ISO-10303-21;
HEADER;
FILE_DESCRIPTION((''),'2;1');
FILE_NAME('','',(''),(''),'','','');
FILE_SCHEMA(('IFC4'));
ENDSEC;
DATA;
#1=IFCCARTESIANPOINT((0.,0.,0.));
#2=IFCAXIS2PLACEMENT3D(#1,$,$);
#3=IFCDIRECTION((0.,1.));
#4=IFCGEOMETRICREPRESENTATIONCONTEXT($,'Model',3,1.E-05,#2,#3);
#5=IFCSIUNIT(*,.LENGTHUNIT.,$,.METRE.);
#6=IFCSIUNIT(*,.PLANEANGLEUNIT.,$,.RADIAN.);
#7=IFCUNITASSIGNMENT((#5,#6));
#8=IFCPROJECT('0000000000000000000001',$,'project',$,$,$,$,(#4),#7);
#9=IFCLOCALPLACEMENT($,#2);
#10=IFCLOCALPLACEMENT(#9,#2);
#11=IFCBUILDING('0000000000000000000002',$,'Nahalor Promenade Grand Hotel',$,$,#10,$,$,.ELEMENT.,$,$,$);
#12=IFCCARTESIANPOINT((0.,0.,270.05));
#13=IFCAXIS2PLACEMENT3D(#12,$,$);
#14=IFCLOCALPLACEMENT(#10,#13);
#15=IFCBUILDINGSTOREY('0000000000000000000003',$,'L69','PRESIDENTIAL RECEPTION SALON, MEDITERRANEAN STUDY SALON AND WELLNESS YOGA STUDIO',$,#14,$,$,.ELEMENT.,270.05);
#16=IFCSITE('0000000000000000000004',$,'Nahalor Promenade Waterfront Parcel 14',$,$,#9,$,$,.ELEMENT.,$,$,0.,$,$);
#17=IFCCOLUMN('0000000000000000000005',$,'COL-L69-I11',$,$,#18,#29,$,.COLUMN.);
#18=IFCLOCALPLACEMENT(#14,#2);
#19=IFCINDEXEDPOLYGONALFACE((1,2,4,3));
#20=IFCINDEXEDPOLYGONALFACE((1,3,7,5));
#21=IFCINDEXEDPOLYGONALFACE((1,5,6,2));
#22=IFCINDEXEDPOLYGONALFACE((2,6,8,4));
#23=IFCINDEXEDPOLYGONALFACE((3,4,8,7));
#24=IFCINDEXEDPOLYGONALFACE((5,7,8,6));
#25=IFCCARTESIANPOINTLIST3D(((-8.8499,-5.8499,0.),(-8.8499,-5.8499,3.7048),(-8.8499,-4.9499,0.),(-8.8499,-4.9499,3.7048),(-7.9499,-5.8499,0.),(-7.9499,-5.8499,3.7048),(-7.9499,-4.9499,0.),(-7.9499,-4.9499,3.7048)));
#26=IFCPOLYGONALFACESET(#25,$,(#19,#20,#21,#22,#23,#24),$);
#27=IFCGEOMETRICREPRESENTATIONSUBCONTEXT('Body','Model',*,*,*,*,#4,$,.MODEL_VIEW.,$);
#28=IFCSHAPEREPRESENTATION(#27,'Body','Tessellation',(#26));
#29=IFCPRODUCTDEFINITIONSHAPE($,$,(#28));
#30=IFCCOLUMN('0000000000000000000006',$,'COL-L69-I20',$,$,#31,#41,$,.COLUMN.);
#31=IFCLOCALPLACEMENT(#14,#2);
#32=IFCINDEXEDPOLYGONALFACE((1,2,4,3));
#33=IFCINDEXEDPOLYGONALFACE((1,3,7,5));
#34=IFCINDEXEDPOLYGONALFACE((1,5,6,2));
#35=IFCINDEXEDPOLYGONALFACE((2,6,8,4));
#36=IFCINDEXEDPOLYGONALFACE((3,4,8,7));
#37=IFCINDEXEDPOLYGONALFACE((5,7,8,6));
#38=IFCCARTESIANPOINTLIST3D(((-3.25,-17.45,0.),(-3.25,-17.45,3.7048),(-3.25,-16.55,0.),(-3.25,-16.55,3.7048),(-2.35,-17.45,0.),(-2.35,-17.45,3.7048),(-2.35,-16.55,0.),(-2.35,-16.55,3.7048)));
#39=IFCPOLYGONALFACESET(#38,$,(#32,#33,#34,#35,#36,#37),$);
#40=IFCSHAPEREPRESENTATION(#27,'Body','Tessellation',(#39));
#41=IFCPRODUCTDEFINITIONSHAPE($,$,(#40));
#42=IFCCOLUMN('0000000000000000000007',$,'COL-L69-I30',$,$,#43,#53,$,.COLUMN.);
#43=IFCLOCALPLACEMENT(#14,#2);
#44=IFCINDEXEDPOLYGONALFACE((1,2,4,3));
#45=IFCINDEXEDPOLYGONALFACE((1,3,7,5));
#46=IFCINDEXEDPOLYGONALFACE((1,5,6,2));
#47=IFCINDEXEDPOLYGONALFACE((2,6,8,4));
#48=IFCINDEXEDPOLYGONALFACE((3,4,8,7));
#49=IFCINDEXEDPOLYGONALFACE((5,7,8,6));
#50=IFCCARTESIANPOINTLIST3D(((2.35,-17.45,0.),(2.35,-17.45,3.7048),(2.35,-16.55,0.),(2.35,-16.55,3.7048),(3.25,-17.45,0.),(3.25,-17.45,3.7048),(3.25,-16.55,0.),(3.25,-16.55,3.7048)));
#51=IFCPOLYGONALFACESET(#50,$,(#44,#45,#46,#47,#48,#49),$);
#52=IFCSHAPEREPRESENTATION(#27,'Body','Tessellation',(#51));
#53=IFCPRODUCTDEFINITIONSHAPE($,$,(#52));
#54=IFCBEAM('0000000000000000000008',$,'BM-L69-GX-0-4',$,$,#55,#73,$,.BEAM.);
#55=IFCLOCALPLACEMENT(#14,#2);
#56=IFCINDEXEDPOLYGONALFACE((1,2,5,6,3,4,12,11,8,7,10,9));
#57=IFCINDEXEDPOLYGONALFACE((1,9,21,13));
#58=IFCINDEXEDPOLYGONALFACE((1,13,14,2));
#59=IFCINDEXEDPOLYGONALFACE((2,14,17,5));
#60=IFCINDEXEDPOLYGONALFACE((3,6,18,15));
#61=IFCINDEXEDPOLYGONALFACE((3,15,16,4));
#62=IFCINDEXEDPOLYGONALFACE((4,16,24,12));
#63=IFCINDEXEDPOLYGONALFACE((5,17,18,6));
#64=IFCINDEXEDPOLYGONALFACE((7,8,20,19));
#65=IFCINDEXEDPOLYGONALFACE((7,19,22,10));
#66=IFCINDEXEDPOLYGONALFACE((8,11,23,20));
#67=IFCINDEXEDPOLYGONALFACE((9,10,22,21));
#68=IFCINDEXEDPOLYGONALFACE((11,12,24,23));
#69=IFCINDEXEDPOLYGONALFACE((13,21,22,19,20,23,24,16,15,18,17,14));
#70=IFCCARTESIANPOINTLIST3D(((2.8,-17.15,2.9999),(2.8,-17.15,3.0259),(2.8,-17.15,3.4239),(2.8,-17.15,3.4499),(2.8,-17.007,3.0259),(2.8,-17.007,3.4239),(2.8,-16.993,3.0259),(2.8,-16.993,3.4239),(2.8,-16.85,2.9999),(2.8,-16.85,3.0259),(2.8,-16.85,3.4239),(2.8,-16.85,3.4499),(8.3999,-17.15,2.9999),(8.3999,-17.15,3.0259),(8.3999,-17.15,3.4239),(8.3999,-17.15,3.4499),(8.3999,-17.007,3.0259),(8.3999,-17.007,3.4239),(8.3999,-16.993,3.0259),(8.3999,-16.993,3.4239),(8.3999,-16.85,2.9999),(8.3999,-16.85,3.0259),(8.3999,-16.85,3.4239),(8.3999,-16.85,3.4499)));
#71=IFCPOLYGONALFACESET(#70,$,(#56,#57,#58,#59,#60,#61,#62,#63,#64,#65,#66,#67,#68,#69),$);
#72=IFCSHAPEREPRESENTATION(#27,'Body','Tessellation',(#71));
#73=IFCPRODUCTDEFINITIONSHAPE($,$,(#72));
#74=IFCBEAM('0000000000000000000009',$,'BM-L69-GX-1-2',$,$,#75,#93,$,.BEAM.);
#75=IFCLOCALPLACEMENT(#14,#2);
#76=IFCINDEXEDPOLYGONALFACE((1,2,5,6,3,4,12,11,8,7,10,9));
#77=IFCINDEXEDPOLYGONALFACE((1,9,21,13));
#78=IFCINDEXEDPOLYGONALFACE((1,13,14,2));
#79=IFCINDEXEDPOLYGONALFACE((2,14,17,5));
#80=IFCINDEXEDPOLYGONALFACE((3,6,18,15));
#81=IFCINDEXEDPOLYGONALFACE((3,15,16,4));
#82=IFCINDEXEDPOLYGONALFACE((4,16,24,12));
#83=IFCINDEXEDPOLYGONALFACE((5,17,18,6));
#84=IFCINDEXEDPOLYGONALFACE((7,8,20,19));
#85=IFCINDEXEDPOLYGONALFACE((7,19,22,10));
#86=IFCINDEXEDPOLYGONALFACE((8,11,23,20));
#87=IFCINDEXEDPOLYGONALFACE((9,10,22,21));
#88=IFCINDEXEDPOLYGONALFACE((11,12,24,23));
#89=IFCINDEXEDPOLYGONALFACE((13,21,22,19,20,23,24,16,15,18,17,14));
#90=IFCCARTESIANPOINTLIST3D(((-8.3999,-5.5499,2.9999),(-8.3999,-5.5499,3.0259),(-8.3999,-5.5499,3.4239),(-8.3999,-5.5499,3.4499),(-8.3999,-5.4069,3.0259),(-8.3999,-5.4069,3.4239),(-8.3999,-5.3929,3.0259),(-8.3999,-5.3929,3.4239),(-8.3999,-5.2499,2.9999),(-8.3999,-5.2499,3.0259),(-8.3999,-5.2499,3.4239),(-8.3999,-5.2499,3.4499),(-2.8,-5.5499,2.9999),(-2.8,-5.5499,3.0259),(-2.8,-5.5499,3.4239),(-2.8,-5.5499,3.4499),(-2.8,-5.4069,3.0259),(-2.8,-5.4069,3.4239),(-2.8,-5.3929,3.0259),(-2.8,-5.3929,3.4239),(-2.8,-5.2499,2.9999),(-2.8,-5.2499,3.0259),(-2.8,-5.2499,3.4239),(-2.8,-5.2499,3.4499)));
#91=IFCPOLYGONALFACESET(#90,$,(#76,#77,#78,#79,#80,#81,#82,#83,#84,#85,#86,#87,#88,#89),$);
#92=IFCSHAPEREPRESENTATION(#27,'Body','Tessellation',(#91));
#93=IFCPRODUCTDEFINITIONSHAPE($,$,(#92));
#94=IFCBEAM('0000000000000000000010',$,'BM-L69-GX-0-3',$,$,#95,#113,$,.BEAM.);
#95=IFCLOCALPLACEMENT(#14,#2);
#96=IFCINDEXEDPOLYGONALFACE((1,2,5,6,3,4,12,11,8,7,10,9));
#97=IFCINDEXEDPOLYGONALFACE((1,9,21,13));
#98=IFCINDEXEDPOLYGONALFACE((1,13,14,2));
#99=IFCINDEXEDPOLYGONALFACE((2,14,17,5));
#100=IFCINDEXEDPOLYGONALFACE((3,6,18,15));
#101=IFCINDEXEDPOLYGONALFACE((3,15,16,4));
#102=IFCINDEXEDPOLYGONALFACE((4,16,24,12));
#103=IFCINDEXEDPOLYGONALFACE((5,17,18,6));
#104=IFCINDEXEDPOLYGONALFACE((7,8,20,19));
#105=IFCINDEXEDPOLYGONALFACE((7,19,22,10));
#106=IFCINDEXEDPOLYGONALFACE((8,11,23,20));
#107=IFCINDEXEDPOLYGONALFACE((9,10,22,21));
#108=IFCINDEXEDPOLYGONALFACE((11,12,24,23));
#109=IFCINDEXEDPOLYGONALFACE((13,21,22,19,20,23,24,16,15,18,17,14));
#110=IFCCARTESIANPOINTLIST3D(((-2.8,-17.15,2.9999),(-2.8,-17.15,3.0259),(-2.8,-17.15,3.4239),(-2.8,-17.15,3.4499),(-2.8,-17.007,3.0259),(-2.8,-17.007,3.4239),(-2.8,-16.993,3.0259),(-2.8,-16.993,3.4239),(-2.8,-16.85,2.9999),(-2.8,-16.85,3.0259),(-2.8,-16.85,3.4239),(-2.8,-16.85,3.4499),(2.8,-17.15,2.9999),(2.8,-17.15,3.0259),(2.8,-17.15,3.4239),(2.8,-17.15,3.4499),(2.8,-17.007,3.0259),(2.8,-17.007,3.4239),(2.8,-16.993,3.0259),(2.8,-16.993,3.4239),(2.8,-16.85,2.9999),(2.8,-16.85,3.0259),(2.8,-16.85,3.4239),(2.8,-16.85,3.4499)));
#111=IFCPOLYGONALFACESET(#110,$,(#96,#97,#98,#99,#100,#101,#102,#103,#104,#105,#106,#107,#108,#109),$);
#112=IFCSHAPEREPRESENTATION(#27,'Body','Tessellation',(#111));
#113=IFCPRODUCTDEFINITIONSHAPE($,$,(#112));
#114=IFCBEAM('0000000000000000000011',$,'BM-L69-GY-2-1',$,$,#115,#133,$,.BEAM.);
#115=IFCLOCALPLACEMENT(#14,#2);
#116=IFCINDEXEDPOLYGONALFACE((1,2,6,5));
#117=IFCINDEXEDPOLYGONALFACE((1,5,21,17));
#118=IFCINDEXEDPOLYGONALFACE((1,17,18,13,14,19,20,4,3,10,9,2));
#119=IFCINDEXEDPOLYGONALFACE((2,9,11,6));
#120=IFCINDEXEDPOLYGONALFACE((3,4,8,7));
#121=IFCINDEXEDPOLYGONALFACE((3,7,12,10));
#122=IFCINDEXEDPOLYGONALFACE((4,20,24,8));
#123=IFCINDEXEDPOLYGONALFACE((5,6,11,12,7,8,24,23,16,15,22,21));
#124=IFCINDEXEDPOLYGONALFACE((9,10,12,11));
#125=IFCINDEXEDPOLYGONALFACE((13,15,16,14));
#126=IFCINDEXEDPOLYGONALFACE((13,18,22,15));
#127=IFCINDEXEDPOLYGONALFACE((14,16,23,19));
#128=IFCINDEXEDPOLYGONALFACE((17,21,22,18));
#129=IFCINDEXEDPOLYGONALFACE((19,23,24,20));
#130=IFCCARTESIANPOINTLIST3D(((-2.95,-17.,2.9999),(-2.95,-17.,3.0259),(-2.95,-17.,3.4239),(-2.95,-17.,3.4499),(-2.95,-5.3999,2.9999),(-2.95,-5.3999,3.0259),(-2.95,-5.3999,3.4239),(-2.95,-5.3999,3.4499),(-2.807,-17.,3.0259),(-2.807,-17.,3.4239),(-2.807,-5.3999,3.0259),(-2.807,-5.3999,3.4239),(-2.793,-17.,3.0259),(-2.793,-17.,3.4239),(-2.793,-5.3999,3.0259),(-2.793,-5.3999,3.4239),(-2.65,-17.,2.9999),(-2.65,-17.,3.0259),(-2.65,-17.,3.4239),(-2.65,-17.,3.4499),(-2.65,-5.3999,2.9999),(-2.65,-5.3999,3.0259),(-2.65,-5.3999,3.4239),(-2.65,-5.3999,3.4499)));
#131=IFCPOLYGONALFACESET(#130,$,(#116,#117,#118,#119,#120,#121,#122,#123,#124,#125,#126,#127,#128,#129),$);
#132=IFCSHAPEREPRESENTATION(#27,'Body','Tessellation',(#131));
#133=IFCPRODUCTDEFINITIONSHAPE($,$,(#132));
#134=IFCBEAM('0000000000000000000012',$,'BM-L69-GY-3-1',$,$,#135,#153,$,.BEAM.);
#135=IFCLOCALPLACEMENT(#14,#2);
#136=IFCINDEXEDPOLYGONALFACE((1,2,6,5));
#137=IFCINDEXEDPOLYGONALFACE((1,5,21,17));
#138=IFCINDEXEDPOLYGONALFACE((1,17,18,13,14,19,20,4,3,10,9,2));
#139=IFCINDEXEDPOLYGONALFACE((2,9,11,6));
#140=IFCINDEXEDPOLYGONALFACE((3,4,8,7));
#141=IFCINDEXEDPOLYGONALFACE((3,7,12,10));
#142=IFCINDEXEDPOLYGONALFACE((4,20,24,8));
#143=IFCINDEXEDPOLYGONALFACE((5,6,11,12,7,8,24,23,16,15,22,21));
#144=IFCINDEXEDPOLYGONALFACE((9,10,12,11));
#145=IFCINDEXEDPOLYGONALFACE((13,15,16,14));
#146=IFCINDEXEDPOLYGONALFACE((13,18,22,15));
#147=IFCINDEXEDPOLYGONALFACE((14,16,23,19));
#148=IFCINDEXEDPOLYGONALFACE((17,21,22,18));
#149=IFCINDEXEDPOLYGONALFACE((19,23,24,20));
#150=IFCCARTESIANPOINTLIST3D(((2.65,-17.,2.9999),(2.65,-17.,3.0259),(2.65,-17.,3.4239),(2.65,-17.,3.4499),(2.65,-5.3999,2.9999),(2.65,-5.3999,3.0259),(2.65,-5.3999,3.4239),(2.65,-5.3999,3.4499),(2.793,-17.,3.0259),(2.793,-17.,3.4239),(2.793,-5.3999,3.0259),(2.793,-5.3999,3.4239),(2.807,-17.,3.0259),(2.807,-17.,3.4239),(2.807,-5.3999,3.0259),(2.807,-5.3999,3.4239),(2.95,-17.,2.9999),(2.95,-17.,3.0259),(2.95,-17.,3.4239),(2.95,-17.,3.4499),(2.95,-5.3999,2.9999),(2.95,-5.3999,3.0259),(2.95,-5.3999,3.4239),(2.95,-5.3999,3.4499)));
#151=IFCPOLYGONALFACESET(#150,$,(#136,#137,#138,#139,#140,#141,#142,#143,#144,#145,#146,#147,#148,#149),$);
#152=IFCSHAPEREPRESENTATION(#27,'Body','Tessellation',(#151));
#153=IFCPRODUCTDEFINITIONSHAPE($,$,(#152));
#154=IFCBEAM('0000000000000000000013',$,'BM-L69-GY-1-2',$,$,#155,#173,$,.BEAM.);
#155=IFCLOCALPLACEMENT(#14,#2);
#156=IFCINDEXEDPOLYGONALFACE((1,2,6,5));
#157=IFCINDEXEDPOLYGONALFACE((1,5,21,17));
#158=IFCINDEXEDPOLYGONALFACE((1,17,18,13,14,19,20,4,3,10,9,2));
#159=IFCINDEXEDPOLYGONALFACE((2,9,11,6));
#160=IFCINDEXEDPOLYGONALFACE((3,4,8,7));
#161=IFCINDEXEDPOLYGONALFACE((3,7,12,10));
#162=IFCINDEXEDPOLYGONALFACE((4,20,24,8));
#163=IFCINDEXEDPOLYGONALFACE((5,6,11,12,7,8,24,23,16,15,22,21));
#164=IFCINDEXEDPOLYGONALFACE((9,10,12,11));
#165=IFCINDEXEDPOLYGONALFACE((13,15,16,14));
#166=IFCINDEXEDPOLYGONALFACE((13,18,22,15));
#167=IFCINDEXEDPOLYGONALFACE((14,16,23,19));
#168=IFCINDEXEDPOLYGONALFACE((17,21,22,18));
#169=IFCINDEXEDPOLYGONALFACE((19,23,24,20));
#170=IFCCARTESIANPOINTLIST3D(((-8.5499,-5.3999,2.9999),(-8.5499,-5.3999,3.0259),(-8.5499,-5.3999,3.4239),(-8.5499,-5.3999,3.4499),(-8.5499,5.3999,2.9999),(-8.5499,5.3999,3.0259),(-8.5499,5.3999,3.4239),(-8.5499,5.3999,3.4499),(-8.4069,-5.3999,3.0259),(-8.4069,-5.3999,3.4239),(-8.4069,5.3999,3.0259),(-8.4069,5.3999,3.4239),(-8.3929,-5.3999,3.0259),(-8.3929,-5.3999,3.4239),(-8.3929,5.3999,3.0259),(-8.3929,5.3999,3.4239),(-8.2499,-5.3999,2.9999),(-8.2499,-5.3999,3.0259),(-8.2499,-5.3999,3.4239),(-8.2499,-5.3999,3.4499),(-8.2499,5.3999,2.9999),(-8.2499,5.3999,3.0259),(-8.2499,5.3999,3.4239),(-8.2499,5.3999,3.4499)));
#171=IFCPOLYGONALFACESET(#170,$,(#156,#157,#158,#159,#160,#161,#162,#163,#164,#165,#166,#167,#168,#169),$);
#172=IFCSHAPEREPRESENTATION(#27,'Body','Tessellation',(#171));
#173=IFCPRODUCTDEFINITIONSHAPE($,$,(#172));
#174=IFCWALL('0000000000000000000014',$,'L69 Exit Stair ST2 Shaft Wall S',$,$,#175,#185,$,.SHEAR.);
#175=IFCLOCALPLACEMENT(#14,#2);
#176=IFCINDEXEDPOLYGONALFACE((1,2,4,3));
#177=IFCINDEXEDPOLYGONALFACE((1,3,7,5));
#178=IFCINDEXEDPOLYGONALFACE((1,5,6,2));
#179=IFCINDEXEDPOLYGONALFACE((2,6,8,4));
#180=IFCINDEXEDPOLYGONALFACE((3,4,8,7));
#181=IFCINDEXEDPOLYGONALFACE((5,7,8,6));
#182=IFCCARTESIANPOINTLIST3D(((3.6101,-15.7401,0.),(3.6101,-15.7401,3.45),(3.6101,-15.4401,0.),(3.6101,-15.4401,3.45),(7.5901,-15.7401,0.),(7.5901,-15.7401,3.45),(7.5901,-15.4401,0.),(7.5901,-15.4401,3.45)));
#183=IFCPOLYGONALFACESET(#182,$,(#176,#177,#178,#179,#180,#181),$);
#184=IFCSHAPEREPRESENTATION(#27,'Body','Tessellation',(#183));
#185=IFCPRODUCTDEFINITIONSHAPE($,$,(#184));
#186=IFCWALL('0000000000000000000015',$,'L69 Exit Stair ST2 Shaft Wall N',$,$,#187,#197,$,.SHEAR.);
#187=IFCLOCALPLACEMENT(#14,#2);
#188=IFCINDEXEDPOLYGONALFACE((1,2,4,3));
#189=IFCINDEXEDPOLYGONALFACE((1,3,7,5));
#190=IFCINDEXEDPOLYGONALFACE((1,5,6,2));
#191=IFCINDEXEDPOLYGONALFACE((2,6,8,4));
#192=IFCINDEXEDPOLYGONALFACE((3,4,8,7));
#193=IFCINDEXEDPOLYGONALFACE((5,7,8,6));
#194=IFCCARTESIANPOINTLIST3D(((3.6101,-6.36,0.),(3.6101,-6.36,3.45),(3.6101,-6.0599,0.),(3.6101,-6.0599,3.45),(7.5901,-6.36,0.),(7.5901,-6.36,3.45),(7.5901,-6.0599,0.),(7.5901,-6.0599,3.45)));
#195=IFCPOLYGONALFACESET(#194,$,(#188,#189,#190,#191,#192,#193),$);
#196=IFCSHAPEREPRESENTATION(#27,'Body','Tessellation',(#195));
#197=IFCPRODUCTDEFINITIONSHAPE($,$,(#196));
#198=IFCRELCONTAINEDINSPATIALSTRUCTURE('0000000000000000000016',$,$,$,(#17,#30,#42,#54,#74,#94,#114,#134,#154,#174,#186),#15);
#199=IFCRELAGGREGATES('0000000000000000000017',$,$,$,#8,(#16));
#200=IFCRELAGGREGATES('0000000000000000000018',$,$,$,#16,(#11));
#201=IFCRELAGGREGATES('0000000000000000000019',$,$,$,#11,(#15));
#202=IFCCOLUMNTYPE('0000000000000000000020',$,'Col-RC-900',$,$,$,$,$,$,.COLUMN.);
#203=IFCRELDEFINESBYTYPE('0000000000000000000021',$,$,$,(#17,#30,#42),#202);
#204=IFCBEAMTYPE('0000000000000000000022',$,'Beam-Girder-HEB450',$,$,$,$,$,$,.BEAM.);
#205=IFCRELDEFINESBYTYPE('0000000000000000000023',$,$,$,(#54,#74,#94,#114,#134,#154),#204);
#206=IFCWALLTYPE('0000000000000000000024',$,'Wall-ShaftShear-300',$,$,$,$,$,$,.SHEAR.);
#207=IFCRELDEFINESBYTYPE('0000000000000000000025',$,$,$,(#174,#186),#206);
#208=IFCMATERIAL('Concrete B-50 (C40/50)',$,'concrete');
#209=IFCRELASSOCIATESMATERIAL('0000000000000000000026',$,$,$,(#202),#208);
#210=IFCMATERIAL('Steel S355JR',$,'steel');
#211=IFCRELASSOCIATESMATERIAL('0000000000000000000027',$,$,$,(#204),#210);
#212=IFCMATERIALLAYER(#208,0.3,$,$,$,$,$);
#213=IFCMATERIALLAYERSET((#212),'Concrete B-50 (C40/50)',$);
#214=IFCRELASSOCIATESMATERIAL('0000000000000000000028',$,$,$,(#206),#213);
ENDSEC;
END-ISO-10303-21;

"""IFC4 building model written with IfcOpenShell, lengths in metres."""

from ifc_helpers import new_model, si_unit, direction, frame, frame_2d, origin, origin_2d, place, context, subcontext, project, spatial, rectangle, i_section, extrude, source, transform, mapped, material, layer, layer_set, material_profile, profile_set, type_object, element, save


model = new_model("IFC4")

# Units and contexts
model_context = context("Model", 3, precision=1e-05, world=origin(), true_north=direction((0.0, 1.0)))
body_context = subcontext(model_context, "Body", "Model", "MODEL_VIEW")
ifc_project = project(units=[si_unit("LENGTHUNIT", "METRE"), si_unit("PLANEANGLEUNIT", "RADIAN")], contexts=[model_context])

# Site, building, storey
site_placement = place(None, origin())
site = spatial("IfcSite", under=ifc_project, at=site_placement, Name="Nahalor Promenade Waterfront Parcel 14", CompositionType="ELEMENT", RefElevation=0.0)
building_placement = place(site_placement, origin())
building = spatial("IfcBuilding", under=site, at=building_placement, Name="Nahalor Promenade Grand Hotel", CompositionType="ELEMENT")
storey_placement = place(building_placement, frame((0.0, 0.0, 270.05)))
storey = spatial("IfcBuildingStorey", under=building, at=storey_placement, Name="L69", Description="PRESIDENTIAL RECEPTION SALON, MEDITERRANEAN STUDY SALON AND WELLNESS YOGA STUDIO", CompositionType="ELEMENT", Elevation=270.05)

# Columns
ifc_material_1 = material(Name="Concrete B-50 (C40/50)", Category="concrete")
ifc_material_profile_1 = material_profile(ifc_material_1, rectangle(XDim=0.9, YDim=0.9, at=origin_2d()), Name="RC 900x900")
ifc_profile_set_1 = profile_set([ifc_material_profile_1], Name="Concrete B-50 (C40/50)")
column_type = type_object("IfcColumnType", Name="Col-RC-900", PredefinedType="COLUMN", material=ifc_profile_set_1)
shared_shape_1 = source(origin(), body_context, "Body", "SweptSolid", [
    extrude(rectangle(XDim=0.9, YDim=0.9, at=origin_2d()), origin(), (0.0, 0.0, 1.0), 3.7048),
])
for number, where, z_axis, x_axis, name in (
    (1, (-8.3999, -5.3999, 0.0), (0.0, 0.0, 1.0), (1.0, 0.0, 0.0), "COL-L69-I11"),
    (2, (-2.8, -17.0, 0.0), (0.0, 0.0, 1.0), (1.0, 0.0, 0.0), "COL-L69-I20"),
    (3, (2.8, -17.0, 0.0), (0.0, 0.0, 1.0), (1.0, 0.0, 0.0), "COL-L69-I30"),
):
    element("IfcColumn", number, at=place(storey_placement, frame(where, z_axis=z_axis, x_axis=x_axis)), inside=storey, type_object=column_type, Name=name, PredefinedType="COLUMN", context=body_context, shape_type="MappedRepresentation", body=[
        mapped(shared_shape_1, transform((0.0, 0.0, 0.0), scale=1.0)),
    ])

# Beams
ifc_material_2 = material(Name="Steel S355JR", Category="steel")
ifc_material_profile_2 = material_profile(ifc_material_2, i_section(OverallWidth=0.3, OverallDepth=0.45, WebThickness=0.014, FlangeThickness=0.026, at=origin_2d()), Name="HEB 450")
ifc_profile_set_2 = profile_set([ifc_material_profile_2], Name="Steel S355JR")
beam_type = type_object("IfcBeamType", Name="Beam-Girder-HEB450", PredefinedType="BEAM", material=ifc_profile_set_2)
shared_shape_2 = source(origin(), body_context, "Body", "SweptSolid", [
    extrude(i_section(OverallWidth=0.3, OverallDepth=0.45, WebThickness=0.014, FlangeThickness=0.026, at=origin_2d()), origin(), (0.0, 0.0, 1.0), 5.5999),
])
for number, where, z_axis, x_axis, name in (
    (4, (2.8, -17.0, 3.2249), (1.0, 0.0, 0.0), (0.0, 1.0, 0.0), "BM-L69-GX-0-4"),
    (5, (-8.3999, -5.3999, 3.2249), (1.0, 0.0, 0.0), (0.0, 1.0, 0.0), "BM-L69-GX-1-2"),
):
    element("IfcBeam", number, at=place(storey_placement, frame(where, z_axis=z_axis, x_axis=x_axis)), inside=storey, type_object=beam_type, Name=name, PredefinedType="BEAM", context=body_context, shape_type="MappedRepresentation", body=[
        mapped(shared_shape_2, transform((0.0, 0.0, 0.0), scale=1.0)),
    ])
shared_shape_3 = source(origin(), body_context, "Body", "SweptSolid", [
    extrude(i_section(OverallWidth=0.3, OverallDepth=0.45, WebThickness=0.014, FlangeThickness=0.026, at=origin_2d()), origin(), (0.0, 0.0, 1.0), 5.6001),
])
beam_1_placement = place(storey_placement, frame((-2.8, -17.0, 3.2249), z_axis=(1.0, 0.0, 0.0), x_axis=(0.0, 1.0, 0.0)))
element("IfcBeam", 6, at=beam_1_placement, inside=storey, type_object=beam_type, Name="BM-L69-GX-0-3", PredefinedType="BEAM", context=body_context, shape_type="MappedRepresentation", body=[
    mapped(shared_shape_3, transform((0.0, 0.0, 0.0), scale=1.0)),
])
shared_shape_4 = source(origin(), body_context, "Body", "SweptSolid", [
    extrude(i_section(OverallWidth=0.3, OverallDepth=0.45, WebThickness=0.014, FlangeThickness=0.026, at=origin_2d()), origin(), (0.0, 0.0, 1.0), 11.6001),
])
for number, where, z_axis, x_axis, name in (
    (7, (-2.8, -17.0, 3.2249), (0.0, 1.0, 0.0), (-1.0, 0.0, 0.0), "BM-L69-GY-2-1"),
    (8, (2.8, -17.0, 3.2249), (0.0, 1.0, 0.0), (-1.0, 0.0, 0.0), "BM-L69-GY-3-1"),
):
    element("IfcBeam", number, at=place(storey_placement, frame(where, z_axis=z_axis, x_axis=x_axis)), inside=storey, type_object=beam_type, Name=name, PredefinedType="BEAM", context=body_context, shape_type="MappedRepresentation", body=[
        mapped(shared_shape_4, transform((0.0, 0.0, 0.0), scale=1.0)),
    ])
shared_shape_5 = source(origin(), body_context, "Body", "SweptSolid", [
    extrude(i_section(OverallWidth=0.3, OverallDepth=0.45, WebThickness=0.014, FlangeThickness=0.026, at=origin_2d()), origin(), (0.0, 0.0, 1.0), 10.7998),
])
beam_2_placement = place(storey_placement, frame((-8.3999, -5.3999, 3.2249), z_axis=(0.0, 1.0, 0.0), x_axis=(-1.0, 0.0, 0.0)))
element("IfcBeam", 9, at=beam_2_placement, inside=storey, type_object=beam_type, Name="BM-L69-GY-1-2", PredefinedType="BEAM", context=body_context, shape_type="MappedRepresentation", body=[
    mapped(shared_shape_5, transform((0.0, 0.0, 0.0), scale=1.0)),
])

# Walls
ifc_layer_1 = layer(ifc_material_1, 0.3)
ifc_layer_set_1 = layer_set([ifc_layer_1], Name="Concrete B-50 (C40/50)")
wall_type = type_object("IfcWallType", Name="Wall-ShaftShear-300", PredefinedType="SHEAR", material=ifc_layer_set_1)
shared_shape_6 = source(origin(), body_context, "Body", "SweptSolid", [
    extrude(rectangle(XDim=3.98, YDim=0.3, at=frame_2d((1.99, 0.0))), origin(), (0.0, 0.0, 1.0), 3.45),
])
for number, where, z_axis, x_axis, name in (
    (10, (3.6101, -15.5901, 0.0), (0.0, 0.0, 1.0), (1.0, 0.0, 0.0), "L69 Exit Stair ST2 Shaft Wall S"),
    (11, (3.6101, -6.21, 0.0), (0.0, 0.0, 1.0), (1.0, 0.0, 0.0), "L69 Exit Stair ST2 Shaft Wall N"),
):
    element("IfcWall", number, at=place(storey_placement, frame(where, z_axis=z_axis, x_axis=x_axis)), inside=storey, type_object=wall_type, Name=name, PredefinedType="SHEAR", context=body_context, shape_type="MappedRepresentation", body=[
        mapped(shared_shape_6, transform((0.0, 0.0, 0.0), scale=1.0)),
    ])

save(model, "model.ifc")
